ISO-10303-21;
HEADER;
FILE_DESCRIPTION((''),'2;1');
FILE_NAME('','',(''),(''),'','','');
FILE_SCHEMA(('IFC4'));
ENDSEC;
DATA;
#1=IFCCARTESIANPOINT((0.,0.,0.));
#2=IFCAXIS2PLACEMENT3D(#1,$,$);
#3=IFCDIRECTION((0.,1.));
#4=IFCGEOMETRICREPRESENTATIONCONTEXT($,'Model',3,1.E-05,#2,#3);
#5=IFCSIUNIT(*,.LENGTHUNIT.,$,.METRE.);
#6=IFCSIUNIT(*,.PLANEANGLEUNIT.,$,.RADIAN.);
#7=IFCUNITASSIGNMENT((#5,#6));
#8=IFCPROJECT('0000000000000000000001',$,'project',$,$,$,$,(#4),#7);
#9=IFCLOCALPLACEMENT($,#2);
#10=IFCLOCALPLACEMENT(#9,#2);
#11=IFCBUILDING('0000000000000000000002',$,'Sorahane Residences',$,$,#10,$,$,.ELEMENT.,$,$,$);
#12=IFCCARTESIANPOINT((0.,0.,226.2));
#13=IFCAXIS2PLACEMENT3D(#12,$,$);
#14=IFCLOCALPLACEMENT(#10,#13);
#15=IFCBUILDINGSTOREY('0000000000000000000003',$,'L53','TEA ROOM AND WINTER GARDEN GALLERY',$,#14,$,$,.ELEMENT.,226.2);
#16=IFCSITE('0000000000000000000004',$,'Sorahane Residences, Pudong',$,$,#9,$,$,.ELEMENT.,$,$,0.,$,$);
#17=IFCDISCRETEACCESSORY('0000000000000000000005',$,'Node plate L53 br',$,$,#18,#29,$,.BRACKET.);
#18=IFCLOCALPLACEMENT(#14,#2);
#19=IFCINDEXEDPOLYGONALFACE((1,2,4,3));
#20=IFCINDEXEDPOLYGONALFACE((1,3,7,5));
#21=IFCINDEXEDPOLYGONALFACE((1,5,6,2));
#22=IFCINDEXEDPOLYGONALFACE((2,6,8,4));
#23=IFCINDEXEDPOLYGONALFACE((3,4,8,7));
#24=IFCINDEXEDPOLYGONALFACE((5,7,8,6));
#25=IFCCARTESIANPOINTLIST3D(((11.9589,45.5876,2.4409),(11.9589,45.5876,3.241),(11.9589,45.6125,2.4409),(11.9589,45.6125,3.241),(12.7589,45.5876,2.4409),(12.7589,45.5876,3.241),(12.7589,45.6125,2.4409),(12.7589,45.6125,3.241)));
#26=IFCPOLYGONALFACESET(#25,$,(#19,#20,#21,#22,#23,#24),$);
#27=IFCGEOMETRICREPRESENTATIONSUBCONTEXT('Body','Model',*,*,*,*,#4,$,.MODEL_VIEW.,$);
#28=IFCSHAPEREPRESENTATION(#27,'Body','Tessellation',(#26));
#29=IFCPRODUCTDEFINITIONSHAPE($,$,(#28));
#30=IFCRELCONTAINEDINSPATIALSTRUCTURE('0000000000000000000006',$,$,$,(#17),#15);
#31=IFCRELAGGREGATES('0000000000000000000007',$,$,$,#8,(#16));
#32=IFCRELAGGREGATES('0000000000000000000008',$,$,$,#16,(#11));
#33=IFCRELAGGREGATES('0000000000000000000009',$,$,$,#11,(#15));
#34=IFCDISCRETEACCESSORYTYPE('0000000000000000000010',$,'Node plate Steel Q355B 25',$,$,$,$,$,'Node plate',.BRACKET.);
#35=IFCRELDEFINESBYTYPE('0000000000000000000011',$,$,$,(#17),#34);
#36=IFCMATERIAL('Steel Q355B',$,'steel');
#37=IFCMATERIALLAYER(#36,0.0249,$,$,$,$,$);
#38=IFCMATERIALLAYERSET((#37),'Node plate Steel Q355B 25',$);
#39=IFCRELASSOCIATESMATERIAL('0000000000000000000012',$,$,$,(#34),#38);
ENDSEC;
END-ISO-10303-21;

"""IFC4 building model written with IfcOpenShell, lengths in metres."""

from ifc_helpers import new_model, si_unit, direction, frame, origin, origin_2d, place, context, subcontext, project, spatial, rectangle, extrude, material, layer, layer_set, type_object, element, save


model = new_model("IFC4")

# Units and contexts
model_context = context("Model", 3, precision=1e-05, world=origin(), true_north=direction((0.0, 1.0)))
body_context = subcontext(model_context, "Body", "Model", "MODEL_VIEW")
ifc_project = project(units=[si_unit("LENGTHUNIT", "METRE"), si_unit("PLANEANGLEUNIT", "RADIAN")], contexts=[model_context])

# Site, building, storey
site_placement = place(None, origin())
site = spatial("IfcSite", under=ifc_project, at=site_placement, Name="Sorahane Residences, Pudong", CompositionType="ELEMENT", RefElevation=0.0)
building_placement = place(site_placement, origin())
building = spatial("IfcBuilding", under=site, at=building_placement, Name="Sorahane Residences", CompositionType="ELEMENT")
storey_placement = place(building_placement, frame((0.0, 0.0, 226.2)))
storey = spatial("IfcBuildingStorey", under=building, at=storey_placement, Name="L53", Description="TEA ROOM AND WINTER GARDEN GALLERY", CompositionType="ELEMENT", Elevation=226.2)

# Discrete accessory
ifc_material_1 = material(Name="Steel Q355B", Category="steel")
ifc_layer_1 = layer(ifc_material_1, 0.0249)
ifc_layer_set_1 = layer_set([ifc_layer_1], Name="Node plate Steel Q355B 25")
discrete_accessory_type = type_object("IfcDiscreteAccessoryType", Name="Node plate Steel Q355B 25", ElementType="Node plate", PredefinedType="BRACKET", material=ifc_layer_set_1)
for number, where, z_axis, x_axis, name in (
    (1, (12.3589, 45.6001, 2.4409), (0.0, 0.0, 1.0), (1.0, 0.0, 0.0), "Node plate L53 br"),
):
    element("IfcDiscreteAccessory", number, at=place(storey_placement, frame(where, z_axis=z_axis, x_axis=x_axis)), inside=storey, type_object=discrete_accessory_type, Name=name, PredefinedType="BRACKET", context=body_context, shape_type="SweptSolid", body=[
        extrude(rectangle(XDim=0.8, YDim=0.0249, at=origin_2d()), origin(), (0.0, 0.0, 1.0), 0.8),
    ])

save(model, "model.ifc")
